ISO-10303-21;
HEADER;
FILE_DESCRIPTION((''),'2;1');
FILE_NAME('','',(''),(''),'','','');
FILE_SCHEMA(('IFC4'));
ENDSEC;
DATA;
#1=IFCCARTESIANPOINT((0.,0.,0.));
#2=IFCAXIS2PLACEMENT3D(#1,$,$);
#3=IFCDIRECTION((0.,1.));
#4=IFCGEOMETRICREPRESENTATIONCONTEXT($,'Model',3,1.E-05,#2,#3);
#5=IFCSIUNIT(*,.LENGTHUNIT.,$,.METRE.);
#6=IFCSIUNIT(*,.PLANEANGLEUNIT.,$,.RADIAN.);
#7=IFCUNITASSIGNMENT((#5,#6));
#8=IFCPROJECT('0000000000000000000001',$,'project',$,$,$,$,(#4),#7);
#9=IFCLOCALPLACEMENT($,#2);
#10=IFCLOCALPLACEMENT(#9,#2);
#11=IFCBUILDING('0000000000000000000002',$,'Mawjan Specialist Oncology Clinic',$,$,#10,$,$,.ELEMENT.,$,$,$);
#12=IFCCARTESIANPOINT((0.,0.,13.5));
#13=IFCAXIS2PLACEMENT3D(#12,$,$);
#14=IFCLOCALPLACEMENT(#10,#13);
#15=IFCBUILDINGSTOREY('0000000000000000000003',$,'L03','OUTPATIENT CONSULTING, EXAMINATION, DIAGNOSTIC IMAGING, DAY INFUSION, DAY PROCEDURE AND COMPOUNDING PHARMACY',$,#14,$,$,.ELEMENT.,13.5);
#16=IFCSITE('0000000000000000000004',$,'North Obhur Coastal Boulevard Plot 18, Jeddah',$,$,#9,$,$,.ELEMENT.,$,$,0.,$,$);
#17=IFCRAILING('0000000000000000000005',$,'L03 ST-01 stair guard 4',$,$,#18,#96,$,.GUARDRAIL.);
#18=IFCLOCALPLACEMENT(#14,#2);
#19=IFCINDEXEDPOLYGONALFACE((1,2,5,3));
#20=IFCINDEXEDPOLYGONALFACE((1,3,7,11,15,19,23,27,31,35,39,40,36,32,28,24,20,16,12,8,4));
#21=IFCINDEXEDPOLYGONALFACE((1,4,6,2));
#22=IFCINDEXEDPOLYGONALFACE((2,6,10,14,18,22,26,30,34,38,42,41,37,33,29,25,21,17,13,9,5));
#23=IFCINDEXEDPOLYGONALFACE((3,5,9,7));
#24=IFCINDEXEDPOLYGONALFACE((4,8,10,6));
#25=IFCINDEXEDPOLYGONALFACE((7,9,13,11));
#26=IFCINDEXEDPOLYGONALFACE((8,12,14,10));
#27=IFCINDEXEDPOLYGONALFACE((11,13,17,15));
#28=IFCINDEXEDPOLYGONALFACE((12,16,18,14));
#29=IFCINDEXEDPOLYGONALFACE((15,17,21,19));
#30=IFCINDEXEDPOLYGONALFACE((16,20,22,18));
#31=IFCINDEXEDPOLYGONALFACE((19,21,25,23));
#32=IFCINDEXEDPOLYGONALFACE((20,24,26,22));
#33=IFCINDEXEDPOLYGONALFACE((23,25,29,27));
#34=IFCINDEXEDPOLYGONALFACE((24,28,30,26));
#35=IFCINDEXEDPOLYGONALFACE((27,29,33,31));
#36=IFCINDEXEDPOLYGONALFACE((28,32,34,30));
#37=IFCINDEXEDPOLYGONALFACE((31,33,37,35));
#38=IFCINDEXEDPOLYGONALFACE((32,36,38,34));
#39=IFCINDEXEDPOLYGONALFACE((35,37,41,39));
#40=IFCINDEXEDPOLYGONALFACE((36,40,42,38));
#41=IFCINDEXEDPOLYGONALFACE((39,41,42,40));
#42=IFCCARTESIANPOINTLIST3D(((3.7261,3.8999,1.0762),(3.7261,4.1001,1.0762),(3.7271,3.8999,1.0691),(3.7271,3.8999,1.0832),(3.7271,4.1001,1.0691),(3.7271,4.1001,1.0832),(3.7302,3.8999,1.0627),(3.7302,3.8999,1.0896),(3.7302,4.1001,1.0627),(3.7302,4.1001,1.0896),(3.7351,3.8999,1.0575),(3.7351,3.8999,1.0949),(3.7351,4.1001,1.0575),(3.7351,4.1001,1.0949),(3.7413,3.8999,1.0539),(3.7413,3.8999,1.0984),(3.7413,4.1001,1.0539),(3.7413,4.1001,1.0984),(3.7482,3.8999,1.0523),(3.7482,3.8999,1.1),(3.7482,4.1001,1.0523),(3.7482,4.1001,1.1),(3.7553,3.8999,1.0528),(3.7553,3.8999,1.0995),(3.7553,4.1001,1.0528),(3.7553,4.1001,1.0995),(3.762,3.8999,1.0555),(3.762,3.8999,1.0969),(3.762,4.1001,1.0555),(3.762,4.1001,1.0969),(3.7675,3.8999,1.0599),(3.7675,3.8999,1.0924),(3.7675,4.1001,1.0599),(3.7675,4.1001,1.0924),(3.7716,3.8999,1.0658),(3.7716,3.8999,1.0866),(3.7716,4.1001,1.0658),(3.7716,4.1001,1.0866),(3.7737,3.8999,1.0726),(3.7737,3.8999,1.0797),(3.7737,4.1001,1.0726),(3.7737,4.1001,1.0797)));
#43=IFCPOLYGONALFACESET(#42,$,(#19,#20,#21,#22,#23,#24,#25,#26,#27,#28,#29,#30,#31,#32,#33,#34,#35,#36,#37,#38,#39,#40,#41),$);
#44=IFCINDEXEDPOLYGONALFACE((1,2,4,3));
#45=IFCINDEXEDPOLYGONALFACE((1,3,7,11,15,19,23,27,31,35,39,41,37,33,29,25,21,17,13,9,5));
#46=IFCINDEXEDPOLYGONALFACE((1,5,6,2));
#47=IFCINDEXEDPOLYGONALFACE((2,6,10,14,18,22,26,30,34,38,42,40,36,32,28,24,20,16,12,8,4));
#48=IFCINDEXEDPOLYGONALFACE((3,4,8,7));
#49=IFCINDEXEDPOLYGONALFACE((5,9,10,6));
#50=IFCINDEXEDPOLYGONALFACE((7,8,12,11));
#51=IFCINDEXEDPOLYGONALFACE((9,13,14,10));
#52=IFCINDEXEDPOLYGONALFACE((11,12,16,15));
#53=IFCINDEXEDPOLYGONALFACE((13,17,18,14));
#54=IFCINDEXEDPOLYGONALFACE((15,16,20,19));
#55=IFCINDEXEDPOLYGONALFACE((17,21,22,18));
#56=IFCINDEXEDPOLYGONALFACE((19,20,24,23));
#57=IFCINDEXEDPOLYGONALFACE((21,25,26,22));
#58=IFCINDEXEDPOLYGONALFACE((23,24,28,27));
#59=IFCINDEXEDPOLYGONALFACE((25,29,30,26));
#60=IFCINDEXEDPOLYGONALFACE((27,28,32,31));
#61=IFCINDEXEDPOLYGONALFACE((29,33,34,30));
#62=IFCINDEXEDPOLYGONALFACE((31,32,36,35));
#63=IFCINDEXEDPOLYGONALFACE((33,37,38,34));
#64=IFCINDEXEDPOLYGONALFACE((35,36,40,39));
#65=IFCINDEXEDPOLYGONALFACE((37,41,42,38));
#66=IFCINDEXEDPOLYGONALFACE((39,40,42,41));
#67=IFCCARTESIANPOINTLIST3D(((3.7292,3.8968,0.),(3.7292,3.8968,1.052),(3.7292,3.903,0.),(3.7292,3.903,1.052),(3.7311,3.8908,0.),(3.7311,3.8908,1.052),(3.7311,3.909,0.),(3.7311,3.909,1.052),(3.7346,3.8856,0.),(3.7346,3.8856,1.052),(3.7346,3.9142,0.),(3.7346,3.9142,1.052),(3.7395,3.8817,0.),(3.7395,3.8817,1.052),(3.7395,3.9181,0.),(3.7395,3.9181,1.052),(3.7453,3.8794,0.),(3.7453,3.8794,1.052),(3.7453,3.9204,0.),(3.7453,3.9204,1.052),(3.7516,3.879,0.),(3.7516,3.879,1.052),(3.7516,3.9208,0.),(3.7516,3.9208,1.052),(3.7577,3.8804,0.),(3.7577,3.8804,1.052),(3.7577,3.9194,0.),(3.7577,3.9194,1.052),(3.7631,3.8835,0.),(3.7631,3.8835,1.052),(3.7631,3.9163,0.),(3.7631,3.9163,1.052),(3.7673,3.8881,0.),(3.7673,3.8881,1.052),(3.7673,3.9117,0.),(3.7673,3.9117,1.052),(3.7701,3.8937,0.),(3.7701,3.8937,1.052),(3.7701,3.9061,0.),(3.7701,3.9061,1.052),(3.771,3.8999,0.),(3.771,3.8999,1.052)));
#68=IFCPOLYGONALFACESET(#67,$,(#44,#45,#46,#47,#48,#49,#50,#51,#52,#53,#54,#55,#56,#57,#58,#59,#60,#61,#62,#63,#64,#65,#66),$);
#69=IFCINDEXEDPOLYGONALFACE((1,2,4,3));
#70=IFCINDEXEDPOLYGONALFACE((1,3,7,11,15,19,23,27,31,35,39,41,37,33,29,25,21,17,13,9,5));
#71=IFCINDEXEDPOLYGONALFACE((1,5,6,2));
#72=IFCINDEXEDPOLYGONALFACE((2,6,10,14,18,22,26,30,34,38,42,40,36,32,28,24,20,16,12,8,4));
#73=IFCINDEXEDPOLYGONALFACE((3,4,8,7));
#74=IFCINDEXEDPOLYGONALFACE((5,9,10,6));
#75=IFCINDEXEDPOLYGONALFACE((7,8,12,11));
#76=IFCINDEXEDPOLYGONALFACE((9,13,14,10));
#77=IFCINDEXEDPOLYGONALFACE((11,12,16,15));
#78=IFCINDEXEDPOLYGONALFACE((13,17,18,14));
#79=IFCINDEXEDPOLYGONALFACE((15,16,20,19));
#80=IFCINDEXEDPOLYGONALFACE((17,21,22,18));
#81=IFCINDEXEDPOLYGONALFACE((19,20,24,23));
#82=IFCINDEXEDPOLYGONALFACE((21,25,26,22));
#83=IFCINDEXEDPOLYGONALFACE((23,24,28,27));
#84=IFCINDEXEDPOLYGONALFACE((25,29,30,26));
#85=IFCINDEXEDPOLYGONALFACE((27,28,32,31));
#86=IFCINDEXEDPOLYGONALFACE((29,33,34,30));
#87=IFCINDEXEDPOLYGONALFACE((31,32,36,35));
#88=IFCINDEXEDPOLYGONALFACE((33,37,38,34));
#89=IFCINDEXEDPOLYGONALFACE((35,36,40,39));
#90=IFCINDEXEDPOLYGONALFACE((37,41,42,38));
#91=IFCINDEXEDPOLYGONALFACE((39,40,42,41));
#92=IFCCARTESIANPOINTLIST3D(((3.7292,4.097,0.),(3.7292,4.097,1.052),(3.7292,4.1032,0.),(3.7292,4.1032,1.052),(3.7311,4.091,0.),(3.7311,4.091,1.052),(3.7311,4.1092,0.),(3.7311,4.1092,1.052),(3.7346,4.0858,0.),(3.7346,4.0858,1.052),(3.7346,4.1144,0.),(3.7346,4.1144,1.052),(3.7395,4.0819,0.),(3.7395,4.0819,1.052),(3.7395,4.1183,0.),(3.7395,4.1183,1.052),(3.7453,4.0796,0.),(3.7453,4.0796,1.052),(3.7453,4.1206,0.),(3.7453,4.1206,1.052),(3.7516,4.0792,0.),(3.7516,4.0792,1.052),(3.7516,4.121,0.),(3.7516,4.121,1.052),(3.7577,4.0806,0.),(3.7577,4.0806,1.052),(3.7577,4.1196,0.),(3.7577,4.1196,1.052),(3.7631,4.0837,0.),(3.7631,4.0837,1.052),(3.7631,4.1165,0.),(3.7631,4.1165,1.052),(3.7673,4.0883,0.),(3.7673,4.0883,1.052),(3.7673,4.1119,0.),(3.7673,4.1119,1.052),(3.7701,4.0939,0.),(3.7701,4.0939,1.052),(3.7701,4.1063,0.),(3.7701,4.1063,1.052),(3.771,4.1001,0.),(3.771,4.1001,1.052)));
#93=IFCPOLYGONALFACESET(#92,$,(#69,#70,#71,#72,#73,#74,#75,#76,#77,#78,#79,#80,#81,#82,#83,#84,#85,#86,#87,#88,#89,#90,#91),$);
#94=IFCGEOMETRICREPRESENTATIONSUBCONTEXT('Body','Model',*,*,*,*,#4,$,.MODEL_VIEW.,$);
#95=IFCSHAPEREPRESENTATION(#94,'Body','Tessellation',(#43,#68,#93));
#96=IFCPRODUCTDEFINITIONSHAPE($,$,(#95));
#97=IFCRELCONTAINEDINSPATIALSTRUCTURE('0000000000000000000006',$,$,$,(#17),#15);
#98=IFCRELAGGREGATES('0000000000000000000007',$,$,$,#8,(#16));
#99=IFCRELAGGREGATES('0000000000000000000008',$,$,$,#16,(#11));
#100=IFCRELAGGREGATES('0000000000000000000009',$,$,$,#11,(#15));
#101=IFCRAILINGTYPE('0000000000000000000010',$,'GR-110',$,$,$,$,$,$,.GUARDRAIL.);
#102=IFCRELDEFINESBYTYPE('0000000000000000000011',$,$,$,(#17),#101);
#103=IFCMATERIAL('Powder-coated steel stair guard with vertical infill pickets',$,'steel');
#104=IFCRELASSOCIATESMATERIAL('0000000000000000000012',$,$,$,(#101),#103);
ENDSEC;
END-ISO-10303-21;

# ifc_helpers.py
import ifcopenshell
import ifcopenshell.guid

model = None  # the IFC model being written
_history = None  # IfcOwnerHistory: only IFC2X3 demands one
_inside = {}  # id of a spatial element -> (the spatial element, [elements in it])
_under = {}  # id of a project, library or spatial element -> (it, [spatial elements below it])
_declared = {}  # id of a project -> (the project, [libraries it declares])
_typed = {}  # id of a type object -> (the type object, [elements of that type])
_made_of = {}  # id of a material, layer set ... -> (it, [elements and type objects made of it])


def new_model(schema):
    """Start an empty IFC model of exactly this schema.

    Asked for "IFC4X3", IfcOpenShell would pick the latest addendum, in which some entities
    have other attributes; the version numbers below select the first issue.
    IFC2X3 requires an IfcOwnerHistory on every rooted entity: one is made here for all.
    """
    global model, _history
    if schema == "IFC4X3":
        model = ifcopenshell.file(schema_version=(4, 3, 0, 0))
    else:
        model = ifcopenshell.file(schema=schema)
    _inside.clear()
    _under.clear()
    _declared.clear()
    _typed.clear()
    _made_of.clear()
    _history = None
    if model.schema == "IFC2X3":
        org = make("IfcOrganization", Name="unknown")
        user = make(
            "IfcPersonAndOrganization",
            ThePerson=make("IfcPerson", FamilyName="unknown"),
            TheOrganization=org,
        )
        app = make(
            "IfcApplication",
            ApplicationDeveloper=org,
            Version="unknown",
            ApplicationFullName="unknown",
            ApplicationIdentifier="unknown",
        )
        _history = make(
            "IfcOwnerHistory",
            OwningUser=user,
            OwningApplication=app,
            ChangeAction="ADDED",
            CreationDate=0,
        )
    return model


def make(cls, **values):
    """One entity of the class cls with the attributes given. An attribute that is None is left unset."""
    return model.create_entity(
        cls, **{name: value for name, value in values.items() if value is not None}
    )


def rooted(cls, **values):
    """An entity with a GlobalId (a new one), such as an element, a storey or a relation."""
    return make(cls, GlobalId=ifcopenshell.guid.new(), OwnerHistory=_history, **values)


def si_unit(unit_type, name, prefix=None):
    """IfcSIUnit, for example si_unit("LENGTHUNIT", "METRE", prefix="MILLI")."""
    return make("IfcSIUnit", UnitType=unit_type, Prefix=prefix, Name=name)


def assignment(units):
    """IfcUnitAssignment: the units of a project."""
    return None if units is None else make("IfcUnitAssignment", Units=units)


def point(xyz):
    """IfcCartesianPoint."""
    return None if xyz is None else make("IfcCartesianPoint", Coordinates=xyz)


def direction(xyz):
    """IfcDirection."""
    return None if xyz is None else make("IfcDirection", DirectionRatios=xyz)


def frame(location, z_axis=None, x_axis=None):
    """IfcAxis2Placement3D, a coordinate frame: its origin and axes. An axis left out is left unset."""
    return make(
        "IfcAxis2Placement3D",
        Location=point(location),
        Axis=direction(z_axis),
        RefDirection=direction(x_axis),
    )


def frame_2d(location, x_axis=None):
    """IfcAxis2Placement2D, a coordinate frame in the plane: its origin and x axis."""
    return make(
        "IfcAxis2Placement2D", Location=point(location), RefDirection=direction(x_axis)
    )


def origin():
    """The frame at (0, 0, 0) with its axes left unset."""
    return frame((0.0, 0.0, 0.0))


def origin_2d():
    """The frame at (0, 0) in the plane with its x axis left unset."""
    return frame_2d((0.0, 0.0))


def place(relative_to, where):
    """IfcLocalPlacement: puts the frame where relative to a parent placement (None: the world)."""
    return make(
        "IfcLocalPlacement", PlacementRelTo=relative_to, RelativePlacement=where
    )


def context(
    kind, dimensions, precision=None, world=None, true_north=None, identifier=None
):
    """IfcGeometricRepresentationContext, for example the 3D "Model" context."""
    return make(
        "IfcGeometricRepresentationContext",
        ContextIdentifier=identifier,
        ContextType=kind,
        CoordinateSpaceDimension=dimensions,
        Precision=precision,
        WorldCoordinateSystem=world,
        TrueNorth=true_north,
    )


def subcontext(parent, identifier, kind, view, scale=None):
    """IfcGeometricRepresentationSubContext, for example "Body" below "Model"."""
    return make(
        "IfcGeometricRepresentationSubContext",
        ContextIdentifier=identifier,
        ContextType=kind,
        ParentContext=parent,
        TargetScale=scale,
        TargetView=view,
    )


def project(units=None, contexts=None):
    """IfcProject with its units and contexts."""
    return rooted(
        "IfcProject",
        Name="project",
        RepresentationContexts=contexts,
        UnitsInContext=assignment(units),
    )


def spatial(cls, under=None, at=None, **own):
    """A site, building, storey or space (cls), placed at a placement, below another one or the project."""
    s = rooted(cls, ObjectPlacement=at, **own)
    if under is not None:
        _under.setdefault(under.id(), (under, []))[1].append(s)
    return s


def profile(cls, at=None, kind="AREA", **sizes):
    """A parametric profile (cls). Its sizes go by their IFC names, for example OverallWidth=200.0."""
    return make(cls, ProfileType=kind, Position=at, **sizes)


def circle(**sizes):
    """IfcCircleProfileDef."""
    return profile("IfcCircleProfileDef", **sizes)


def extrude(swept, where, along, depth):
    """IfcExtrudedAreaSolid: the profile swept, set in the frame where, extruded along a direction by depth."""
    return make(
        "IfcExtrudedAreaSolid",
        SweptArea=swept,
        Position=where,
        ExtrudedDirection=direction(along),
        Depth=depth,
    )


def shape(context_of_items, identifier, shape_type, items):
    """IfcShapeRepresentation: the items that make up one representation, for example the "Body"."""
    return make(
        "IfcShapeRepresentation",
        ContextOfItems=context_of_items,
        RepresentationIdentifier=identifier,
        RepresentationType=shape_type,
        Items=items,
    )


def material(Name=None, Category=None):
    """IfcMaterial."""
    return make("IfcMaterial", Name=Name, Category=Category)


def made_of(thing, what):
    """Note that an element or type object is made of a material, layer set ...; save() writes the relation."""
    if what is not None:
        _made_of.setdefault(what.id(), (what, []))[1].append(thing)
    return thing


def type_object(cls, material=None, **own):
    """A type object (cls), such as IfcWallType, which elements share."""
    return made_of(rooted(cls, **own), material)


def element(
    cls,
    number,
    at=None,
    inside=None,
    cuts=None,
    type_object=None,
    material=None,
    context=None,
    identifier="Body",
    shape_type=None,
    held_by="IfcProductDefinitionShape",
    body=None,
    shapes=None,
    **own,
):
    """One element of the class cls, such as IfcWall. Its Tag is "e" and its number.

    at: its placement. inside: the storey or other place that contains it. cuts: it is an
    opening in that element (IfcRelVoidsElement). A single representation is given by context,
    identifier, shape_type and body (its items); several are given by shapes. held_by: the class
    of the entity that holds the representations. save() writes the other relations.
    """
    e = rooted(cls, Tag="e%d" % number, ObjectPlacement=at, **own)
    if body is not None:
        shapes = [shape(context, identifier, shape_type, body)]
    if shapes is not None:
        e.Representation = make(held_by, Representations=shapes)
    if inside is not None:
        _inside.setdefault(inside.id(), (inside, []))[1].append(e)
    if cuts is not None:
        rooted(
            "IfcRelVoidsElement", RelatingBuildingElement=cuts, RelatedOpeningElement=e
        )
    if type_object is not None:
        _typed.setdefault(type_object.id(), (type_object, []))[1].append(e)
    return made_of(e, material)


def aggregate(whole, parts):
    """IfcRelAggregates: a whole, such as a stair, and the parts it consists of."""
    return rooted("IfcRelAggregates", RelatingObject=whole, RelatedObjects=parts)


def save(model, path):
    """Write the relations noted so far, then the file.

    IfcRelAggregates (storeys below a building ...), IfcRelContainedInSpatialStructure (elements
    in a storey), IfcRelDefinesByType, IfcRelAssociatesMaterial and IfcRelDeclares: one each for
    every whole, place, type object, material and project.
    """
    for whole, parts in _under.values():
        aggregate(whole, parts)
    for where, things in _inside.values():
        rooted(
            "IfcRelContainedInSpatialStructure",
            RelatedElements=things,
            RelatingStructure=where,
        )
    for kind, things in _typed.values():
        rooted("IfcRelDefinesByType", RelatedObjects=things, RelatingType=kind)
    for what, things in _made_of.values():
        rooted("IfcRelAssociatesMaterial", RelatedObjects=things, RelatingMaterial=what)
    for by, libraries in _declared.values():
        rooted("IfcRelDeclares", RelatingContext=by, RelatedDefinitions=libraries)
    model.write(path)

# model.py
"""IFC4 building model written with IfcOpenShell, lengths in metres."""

from ifc_helpers import new_model, si_unit, direction, frame, origin, origin_2d, place, context, subcontext, project, spatial, circle, extrude, material, type_object, element, save


model = new_model("IFC4")

# Units and contexts
model_context = context("Model", 3, precision=1e-05, world=origin(), true_north=direction((0.0, 1.0)))
body_context = subcontext(model_context, "Body", "Model", "MODEL_VIEW")
ifc_project = project(units=[si_unit("LENGTHUNIT", "METRE"), si_unit("PLANEANGLEUNIT", "RADIAN")], contexts=[model_context])

# Site, building, storey
site_placement = place(None, origin())
site = spatial("IfcSite", under=ifc_project, at=site_placement, Name="North Obhur Coastal Boulevard Plot 18, Jeddah", CompositionType="ELEMENT", RefElevation=0.0)
building_placement = place(site_placement, origin())
building = spatial("IfcBuilding", under=site, at=building_placement, Name="Mawjan Specialist Oncology Clinic", CompositionType="ELEMENT")
storey_placement = place(building_placement, frame((0.0, 0.0, 13.5)))
storey = spatial("IfcBuildingStorey", under=building, at=storey_placement, Name="L03", Description="OUTPATIENT CONSULTING, EXAMINATION, DIAGNOSTIC IMAGING, DAY INFUSION, DAY PROCEDURE AND COMPOUNDING PHARMACY", CompositionType="ELEMENT", Elevation=13.5)

# Railing
ifc_material_1 = material(Name="Powder-coated steel stair guard with vertical infill pickets", Category="steel")
railing_type_1 = type_object("IfcRailingType", Name="GR-110", PredefinedType="GUARDRAIL", material=ifc_material_1)
railing_1_placement = place(storey_placement, frame((3.75, 3.8999, 0.0)))
element("IfcRailing", 1, at=railing_1_placement, inside=storey, type_object=railing_type_1, Name="L03 ST-01 stair guard 4", PredefinedType="GUARDRAIL", context=body_context, shape_type="SweptSolid", body=[
    extrude(circle(Radius=0.0239, at=origin_2d()), frame((0.0, 0.0, 1.0762), z_axis=(0.0, 1.0, 0.0), x_axis=(-1.0, 0.0, 0.0)), (0.0, 0.0, 1.0), 0.2002),
    extrude(circle(Radius=0.021, at=origin_2d()), origin(), (0.0, 0.0, 1.0), 1.052),
    extrude(circle(Radius=0.021, at=origin_2d()), frame((0.0, 0.2002, 0.0)), (0.0, 0.0, 1.0), 1.052),
])

save(model, "model.ifc")
